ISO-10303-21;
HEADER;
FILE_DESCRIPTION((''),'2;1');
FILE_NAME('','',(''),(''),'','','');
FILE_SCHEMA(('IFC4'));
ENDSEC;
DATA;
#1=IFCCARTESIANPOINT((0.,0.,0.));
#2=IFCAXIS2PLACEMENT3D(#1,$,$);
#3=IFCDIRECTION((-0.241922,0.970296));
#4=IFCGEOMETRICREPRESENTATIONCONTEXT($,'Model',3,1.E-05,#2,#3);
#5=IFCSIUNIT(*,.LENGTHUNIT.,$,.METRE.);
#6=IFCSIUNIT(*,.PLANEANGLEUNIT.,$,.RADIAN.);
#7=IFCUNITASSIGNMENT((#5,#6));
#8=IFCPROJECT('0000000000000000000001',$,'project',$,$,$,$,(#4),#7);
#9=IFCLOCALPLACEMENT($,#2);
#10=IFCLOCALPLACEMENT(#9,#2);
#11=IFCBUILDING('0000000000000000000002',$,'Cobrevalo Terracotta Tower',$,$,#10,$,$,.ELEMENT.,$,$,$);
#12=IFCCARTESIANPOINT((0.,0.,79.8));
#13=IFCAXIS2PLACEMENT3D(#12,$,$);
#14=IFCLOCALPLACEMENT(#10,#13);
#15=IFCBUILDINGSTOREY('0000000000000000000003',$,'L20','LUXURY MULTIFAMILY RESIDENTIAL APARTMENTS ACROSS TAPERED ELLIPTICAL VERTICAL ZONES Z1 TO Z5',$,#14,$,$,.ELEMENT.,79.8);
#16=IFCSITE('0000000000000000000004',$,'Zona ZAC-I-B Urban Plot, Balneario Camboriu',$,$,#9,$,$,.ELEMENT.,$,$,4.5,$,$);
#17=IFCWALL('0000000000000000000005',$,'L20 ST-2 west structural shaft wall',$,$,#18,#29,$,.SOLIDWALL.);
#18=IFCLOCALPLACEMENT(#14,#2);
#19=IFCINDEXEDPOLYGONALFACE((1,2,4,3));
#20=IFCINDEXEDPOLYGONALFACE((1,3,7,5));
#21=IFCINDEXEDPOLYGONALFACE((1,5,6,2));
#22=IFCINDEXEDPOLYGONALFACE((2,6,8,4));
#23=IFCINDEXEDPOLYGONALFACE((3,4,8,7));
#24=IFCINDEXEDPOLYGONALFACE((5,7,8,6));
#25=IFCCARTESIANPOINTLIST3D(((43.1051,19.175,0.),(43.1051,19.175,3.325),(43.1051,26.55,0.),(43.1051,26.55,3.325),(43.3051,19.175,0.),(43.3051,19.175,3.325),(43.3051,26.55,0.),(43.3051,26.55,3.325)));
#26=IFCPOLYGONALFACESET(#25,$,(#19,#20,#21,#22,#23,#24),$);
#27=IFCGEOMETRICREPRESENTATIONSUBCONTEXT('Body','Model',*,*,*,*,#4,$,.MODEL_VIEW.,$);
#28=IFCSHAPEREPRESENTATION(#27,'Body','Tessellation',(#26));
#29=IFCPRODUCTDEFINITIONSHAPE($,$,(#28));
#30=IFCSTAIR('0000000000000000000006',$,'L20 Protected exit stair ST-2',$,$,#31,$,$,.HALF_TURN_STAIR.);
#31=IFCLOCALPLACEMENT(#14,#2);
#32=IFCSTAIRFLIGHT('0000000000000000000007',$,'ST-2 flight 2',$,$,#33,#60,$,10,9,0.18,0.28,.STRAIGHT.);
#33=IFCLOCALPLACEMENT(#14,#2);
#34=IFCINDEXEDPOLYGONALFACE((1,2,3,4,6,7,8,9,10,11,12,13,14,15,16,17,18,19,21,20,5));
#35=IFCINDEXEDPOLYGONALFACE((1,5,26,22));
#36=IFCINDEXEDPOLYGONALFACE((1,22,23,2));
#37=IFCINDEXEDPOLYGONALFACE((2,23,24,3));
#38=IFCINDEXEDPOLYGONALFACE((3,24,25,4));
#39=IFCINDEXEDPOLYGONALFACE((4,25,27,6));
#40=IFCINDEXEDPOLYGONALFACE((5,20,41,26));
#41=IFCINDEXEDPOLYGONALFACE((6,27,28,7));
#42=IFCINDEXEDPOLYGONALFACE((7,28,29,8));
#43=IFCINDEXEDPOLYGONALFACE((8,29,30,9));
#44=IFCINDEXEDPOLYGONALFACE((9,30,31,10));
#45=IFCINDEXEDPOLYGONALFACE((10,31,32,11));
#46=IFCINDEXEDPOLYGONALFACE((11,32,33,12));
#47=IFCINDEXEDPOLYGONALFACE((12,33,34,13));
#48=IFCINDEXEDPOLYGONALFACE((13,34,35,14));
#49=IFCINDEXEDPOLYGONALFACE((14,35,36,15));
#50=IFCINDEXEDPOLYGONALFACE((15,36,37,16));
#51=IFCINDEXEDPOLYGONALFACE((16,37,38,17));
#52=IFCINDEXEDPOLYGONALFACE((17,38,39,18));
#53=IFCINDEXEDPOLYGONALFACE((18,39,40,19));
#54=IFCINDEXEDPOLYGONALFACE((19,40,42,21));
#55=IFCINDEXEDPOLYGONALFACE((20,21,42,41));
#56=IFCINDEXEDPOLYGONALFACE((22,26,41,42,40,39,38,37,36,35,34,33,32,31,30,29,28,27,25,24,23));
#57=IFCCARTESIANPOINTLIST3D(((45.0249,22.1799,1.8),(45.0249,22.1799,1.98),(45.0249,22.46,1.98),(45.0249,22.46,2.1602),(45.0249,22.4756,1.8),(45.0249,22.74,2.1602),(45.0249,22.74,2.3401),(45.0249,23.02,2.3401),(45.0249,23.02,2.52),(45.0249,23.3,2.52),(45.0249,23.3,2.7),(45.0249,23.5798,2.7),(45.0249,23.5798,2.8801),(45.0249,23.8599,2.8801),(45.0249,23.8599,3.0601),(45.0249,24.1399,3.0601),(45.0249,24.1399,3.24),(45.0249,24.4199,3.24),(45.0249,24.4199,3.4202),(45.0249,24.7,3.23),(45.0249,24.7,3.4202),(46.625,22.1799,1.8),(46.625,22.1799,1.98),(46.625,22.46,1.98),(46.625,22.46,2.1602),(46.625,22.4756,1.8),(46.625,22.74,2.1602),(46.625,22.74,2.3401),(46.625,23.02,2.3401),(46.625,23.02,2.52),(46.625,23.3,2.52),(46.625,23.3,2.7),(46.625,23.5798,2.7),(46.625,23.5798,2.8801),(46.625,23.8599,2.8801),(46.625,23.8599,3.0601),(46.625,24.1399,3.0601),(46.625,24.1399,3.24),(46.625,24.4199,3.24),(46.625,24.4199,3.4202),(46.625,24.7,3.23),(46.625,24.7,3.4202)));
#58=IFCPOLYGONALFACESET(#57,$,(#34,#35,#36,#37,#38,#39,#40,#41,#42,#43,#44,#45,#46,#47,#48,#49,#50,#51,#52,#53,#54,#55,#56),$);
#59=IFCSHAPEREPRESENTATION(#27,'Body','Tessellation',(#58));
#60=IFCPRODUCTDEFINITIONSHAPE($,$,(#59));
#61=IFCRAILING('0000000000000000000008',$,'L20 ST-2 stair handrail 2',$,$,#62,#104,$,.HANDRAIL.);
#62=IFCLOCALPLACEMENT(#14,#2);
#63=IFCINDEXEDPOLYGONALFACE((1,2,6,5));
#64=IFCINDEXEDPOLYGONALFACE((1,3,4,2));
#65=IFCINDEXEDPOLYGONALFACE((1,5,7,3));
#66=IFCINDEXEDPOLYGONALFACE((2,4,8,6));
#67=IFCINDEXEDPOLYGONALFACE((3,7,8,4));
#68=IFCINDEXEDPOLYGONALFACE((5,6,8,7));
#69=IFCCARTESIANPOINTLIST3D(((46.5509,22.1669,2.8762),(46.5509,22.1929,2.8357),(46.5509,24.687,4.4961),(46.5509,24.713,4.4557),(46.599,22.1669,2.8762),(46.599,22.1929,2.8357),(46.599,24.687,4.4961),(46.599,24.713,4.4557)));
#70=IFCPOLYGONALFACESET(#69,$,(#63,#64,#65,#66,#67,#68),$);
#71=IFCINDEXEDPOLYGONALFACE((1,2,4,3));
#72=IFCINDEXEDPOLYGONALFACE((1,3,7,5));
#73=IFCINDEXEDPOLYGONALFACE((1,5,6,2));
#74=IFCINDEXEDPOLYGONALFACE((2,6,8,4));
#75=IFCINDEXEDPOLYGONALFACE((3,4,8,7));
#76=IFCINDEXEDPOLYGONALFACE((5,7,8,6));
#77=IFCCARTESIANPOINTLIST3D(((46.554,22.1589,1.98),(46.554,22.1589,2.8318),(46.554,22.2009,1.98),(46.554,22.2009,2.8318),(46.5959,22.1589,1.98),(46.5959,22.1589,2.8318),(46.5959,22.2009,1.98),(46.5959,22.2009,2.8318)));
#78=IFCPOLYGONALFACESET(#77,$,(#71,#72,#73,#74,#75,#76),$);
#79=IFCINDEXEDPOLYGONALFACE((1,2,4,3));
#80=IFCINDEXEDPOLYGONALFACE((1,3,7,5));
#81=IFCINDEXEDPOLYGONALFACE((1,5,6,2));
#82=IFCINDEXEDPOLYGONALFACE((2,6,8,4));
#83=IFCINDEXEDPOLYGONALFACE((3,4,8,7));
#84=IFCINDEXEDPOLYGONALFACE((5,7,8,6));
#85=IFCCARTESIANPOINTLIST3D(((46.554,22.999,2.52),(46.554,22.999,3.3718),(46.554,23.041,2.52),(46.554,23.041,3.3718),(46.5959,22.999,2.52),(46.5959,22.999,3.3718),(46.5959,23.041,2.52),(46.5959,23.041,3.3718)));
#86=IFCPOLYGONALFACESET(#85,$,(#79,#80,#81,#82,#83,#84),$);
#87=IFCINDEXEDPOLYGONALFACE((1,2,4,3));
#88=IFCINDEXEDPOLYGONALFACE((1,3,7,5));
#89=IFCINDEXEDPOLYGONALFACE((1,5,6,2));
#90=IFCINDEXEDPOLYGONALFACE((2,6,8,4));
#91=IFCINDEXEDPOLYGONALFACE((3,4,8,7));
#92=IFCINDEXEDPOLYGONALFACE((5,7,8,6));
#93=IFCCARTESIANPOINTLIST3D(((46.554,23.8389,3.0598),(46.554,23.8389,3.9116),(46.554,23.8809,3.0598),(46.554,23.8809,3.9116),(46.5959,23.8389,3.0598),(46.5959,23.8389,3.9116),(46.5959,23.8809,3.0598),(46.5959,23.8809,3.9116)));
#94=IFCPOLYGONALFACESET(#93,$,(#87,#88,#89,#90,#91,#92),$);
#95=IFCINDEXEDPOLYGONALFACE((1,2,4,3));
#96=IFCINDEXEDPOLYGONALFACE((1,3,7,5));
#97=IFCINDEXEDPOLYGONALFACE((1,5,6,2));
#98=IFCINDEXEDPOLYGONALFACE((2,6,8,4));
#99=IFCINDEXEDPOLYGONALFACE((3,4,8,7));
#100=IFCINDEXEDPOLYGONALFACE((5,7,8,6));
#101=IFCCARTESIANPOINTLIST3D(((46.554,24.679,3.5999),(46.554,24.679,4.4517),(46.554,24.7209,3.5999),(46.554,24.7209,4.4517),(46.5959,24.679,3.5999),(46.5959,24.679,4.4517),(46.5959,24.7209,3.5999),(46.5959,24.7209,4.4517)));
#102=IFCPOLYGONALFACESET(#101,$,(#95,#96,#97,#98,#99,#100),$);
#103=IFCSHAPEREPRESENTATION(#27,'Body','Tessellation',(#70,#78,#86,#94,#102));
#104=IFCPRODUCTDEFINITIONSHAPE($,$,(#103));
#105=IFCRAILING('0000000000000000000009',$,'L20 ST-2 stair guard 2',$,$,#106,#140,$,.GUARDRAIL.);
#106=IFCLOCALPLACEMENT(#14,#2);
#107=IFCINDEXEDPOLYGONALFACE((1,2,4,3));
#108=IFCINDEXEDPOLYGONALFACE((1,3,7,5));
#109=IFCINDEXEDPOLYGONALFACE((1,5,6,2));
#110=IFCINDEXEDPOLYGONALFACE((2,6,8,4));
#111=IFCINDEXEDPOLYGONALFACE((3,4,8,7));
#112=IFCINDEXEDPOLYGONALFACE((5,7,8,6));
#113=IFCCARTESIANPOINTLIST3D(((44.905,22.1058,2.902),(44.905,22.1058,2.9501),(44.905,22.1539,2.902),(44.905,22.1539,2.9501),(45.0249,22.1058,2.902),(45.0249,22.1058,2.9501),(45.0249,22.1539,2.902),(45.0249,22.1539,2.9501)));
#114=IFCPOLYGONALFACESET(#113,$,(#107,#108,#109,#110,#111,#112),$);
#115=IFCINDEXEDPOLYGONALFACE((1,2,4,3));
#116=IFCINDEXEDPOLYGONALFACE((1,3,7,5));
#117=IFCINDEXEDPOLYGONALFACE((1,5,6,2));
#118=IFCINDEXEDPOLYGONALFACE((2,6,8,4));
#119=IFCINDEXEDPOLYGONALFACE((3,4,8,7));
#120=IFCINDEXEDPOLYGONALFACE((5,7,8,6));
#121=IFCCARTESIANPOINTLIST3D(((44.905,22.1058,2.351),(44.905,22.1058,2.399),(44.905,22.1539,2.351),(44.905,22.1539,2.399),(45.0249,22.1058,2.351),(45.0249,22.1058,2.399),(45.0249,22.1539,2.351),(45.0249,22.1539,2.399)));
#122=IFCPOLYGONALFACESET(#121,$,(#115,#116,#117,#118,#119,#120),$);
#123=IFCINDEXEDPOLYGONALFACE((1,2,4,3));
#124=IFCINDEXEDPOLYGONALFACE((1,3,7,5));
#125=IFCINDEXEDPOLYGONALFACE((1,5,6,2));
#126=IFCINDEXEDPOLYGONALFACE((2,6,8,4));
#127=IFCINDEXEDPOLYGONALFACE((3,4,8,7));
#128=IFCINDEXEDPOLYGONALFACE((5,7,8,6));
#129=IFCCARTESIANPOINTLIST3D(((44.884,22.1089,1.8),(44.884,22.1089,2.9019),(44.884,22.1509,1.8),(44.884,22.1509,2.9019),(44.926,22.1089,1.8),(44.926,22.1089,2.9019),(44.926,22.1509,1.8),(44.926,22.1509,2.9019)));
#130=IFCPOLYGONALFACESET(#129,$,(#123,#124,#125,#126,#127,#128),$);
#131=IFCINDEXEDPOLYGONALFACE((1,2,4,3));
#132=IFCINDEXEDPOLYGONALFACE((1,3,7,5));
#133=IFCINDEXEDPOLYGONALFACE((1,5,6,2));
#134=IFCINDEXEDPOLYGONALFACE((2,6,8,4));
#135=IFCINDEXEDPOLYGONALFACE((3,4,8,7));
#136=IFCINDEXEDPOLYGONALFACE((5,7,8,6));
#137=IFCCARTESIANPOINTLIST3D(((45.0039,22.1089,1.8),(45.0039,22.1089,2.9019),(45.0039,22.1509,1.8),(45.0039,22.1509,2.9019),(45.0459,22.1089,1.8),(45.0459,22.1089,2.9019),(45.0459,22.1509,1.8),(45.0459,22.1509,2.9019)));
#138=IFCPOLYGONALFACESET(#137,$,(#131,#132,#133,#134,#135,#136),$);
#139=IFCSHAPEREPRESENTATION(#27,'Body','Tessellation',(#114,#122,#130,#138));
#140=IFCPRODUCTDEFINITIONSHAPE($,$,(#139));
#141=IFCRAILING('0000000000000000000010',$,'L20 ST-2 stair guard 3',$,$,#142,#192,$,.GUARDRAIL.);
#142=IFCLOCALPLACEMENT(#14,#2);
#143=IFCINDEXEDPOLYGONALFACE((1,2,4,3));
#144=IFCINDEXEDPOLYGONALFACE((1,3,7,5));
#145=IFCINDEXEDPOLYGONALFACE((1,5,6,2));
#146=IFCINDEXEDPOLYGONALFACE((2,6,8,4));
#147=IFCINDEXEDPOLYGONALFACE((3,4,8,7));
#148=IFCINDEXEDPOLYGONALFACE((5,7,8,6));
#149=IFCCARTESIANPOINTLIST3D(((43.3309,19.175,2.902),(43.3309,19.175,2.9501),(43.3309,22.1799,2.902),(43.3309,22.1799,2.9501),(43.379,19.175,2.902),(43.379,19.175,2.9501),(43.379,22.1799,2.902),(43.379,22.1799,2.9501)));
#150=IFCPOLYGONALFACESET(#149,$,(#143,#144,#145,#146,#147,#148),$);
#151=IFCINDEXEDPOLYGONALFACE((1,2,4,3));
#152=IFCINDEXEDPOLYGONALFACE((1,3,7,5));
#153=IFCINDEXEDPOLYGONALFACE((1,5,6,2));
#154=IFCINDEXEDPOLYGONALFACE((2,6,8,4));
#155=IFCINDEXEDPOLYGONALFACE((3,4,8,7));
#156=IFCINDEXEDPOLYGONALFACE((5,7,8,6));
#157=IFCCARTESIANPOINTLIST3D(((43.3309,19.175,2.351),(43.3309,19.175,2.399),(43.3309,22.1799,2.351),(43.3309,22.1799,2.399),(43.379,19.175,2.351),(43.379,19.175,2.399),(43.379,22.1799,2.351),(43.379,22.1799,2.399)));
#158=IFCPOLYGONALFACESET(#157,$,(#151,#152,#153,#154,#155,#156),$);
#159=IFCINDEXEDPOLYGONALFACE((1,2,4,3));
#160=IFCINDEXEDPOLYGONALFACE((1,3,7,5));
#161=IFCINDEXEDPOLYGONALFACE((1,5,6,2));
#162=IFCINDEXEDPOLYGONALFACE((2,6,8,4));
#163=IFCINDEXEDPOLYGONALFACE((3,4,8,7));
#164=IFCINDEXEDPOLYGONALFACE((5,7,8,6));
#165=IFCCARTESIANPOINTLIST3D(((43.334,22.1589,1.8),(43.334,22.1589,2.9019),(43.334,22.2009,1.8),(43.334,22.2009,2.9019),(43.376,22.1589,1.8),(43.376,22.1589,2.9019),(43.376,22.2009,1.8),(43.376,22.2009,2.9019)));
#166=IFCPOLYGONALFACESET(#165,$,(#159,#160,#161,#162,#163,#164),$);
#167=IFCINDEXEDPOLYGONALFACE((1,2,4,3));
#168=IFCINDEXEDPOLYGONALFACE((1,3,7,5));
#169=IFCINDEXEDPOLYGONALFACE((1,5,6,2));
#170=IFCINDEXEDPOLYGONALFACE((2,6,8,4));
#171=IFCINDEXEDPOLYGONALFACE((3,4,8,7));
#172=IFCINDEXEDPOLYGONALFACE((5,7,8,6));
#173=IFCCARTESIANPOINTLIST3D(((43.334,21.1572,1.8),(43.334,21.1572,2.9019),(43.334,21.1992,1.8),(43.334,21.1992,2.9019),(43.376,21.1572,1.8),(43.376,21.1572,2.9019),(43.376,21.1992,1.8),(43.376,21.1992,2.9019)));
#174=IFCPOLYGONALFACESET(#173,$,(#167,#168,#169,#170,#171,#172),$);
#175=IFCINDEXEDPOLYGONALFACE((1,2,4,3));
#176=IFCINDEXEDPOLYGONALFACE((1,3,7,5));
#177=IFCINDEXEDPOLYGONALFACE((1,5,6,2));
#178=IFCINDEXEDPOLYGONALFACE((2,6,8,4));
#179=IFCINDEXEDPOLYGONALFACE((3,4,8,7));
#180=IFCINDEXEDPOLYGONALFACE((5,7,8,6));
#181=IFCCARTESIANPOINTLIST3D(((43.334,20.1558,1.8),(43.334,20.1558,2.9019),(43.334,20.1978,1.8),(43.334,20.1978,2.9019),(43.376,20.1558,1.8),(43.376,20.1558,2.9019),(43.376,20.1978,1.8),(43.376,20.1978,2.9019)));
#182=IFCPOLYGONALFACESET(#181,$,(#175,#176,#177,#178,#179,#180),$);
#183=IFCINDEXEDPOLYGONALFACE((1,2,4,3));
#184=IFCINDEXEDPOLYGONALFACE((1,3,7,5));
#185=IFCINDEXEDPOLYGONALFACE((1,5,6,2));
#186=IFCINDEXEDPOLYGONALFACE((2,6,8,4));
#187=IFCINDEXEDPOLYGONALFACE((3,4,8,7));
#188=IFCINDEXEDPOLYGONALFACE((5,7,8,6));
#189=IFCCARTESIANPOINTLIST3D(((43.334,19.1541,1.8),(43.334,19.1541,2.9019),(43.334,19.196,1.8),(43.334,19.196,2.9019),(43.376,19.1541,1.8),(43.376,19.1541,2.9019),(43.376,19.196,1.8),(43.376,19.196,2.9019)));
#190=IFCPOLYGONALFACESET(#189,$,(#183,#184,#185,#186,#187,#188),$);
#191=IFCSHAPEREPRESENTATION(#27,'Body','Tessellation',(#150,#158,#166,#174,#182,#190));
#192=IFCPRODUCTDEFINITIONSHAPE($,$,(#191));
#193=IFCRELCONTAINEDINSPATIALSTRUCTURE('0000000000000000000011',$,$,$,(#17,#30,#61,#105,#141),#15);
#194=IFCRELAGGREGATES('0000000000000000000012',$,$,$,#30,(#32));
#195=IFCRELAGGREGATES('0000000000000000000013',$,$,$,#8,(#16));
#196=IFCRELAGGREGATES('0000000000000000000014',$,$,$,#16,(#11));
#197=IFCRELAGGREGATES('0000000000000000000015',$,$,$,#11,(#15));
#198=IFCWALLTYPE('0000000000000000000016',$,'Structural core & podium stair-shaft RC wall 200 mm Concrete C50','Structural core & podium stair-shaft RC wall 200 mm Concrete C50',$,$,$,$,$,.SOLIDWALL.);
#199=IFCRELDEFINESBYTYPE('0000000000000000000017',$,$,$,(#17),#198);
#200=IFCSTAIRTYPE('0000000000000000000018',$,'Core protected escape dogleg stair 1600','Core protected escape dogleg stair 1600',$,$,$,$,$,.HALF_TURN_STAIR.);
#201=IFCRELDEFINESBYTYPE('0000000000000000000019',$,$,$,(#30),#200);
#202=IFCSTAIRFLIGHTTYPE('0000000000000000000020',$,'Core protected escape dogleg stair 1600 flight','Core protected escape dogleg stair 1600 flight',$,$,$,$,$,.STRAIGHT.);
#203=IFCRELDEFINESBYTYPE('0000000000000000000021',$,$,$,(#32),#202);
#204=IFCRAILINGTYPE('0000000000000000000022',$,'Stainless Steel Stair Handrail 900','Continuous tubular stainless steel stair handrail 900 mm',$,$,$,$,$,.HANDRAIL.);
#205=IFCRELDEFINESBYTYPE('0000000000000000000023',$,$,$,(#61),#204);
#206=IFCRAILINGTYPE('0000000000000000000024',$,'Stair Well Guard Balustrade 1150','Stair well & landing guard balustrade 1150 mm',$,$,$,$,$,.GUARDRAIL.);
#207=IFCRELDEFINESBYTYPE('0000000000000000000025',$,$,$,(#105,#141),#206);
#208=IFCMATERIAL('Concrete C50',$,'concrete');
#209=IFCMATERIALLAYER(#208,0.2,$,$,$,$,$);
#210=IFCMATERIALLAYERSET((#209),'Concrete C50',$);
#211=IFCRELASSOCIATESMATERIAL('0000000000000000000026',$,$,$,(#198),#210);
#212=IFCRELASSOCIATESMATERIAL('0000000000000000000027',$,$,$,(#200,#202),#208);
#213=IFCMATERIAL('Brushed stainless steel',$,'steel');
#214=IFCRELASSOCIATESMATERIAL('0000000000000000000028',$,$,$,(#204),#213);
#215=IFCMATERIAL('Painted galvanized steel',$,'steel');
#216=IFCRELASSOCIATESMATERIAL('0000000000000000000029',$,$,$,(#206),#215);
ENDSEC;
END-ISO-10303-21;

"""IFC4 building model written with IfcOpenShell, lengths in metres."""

from ifc_helpers import new_model, si_unit, direction, frame, frame_2d, origin, origin_2d, place, context, subcontext, project, spatial, polyline, rectangle, outline, extrude, material, layer, layer_set, type_object, element, aggregate, save


model = new_model("IFC4")

# Units and contexts
model_context = context("Model", 3, precision=1e-05, world=origin(), true_north=direction((-0.241922, 0.970296)))
body_context = subcontext(model_context, "Body", "Model", "MODEL_VIEW")
ifc_project = project(units=[si_unit("LENGTHUNIT", "METRE"), si_unit("PLANEANGLEUNIT", "RADIAN")], contexts=[model_context])

# Site, building, storey
site_placement = place(None, origin())
site = spatial("IfcSite", under=ifc_project, at=site_placement, Name="Zona ZAC-I-B Urban Plot, Balneario Camboriu", CompositionType="ELEMENT", RefElevation=4.5)
building_placement = place(site_placement, origin())
building = spatial("IfcBuilding", under=site, at=building_placement, Name="Cobrevalo Terracotta Tower", CompositionType="ELEMENT")
storey_placement = place(building_placement, frame((0.0, 0.0, 79.8)))
storey = spatial("IfcBuildingStorey", under=building, at=storey_placement, Name="L20", Description="LUXURY MULTIFAMILY RESIDENTIAL APARTMENTS ACROSS TAPERED ELLIPTICAL VERTICAL ZONES Z1 TO Z5", CompositionType="ELEMENT", Elevation=79.8)

# Wall
ifc_material_1 = material(Name="Concrete C50", Category="concrete")
ifc_layer_1 = layer(ifc_material_1, 0.2)
ifc_layer_set_1 = layer_set([ifc_layer_1], Name="Concrete C50")
wall_type_1 = type_object("IfcWallType", Name="Structural core & podium stair-shaft RC wall 200 mm Concrete C50", Description="Structural core & podium stair-shaft RC wall 200 mm Concrete C50", PredefinedType="SOLIDWALL", material=ifc_layer_set_1)
wall_1_placement = place(storey_placement, frame((43.2051, 19.175, 0.0), z_axis=(0.0, 0.0, 1.0), x_axis=(0.0, 1.0, 0.0)))
element("IfcWall", 1, at=wall_1_placement, inside=storey, type_object=wall_type_1, Name="L20 ST-2 west structural shaft wall", PredefinedType="SOLIDWALL", context=body_context, shape_type="SweptSolid", body=[
    extrude(rectangle(XDim=7.375, YDim=0.2, at=frame_2d((3.6875, 0.0))), origin(), (0.0, 0.0, 1.0), 3.325),
])

# Stair, stair flight
stair_type = type_object("IfcStairType", Name="Core protected escape dogleg stair 1600", Description="Core protected escape dogleg stair 1600", PredefinedType="HALF_TURN_STAIR", material=ifc_material_1)
stair_placement = place(storey_placement, origin())
stair = element("IfcStair", 2, at=stair_placement, inside=storey, type_object=stair_type, Name="L20 Protected exit stair ST-2", PredefinedType="HALF_TURN_STAIR")
stair_flight_type = type_object("IfcStairFlightType", Name="Core protected escape dogleg stair 1600 flight", Description="Core protected escape dogleg stair 1600 flight", PredefinedType="STRAIGHT", material=ifc_material_1)
stair_flight_placement = place(storey_placement, frame((45.825, 22.1799, 1.8), z_axis=(0.0, 0.0, 1.0), x_axis=(0.0, 1.0, 0.0)))
stair_flight = element("IfcStairFlight", 3, at=stair_flight_placement, type_object=stair_flight_type, Name="ST-2 flight 2", NumberOfRisers=10, NumberOfTreads=9, PredefinedType="STRAIGHT", RiserHeight=0.18, TreadLength=0.28, context=body_context, shape_type="SweptSolid", body=[
    extrude(outline(polyline([(0.0, 0.0), (0.0, 0.1799), (0.28, 0.1799), (0.28, 0.3601), (0.5601, 0.3601), (0.5601, 0.54), (0.8401, 0.54), (0.8401, 0.72), (1.1201, 0.72), (1.1201, 0.8999), (1.3999, 0.8999), (1.3999, 1.0801), (1.6799, 1.0801), (1.6799, 1.26), (1.96, 1.26), (1.96, 1.4399), (2.24, 1.4399), (2.24, 1.6201), (2.52, 1.6201), (2.52, 1.8), (2.52, 1.4299), (0.2957, 0.0), (0.0, 0.0)])), frame((0.0, 0.8, 0.0), z_axis=(0.0, -1.0, 0.0), x_axis=(1.0, 0.0, 0.0)), (0.0, 0.0, 1.0), 1.6001),
])
aggregate(stair, [stair_flight])

# Railings
ifc_material_2 = material(Name="Brushed stainless steel", Category="steel")
railing_type_1 = type_object("IfcRailingType", Name="Stainless Steel Stair Handrail 900", Description="Continuous tubular stainless steel stair handrail 900 mm", PredefinedType="HANDRAIL", material=ifc_material_2)
railing_1_placement = place(storey_placement, frame((46.575, 22.1799, 1.98)))
element("IfcRailing", 4, at=railing_1_placement, inside=storey, type_object=railing_type_1, Name="L20 ST-2 stair handrail 2", PredefinedType="HANDRAIL", context=body_context, shape_type="SweptSolid", body=[
    extrude(rectangle(XDim=0.0481, YDim=0.0481, at=origin_2d()), frame((0.0, 0.0, 0.876), z_axis=(0.0, 0.8412, 0.540725), x_axis=(-1.0, 0.0, 0.0)), (0.0, 0.0, 1.0), 2.9958),
    extrude(rectangle(XDim=0.042, YDim=0.042, at=origin_2d()), origin(), (0.0, 0.0, 1.0), 0.8518),
    extrude(rectangle(XDim=0.042, YDim=0.042, at=origin_2d()), frame((0.0, 0.8401, 0.54)), (0.0, 0.0, 1.0), 0.8518),
    extrude(rectangle(XDim=0.042, YDim=0.042, at=origin_2d()), frame((0.0, 1.6799, 1.0798)), (0.0, 0.0, 1.0), 0.8518),
    extrude(rectangle(XDim=0.042, YDim=0.042, at=origin_2d()), frame((0.0, 2.52, 1.6199)), (0.0, 0.0, 1.0), 0.8518),
])
ifc_material_3 = material(Name="Painted galvanized steel", Category="steel")
railing_type_2 = type_object("IfcRailingType", Name="Stair Well Guard Balustrade 1150", Description="Stair well & landing guard balustrade 1150 mm", PredefinedType="GUARDRAIL", material=ifc_material_3)
railing_2_placement = place(storey_placement, frame((44.905, 22.1299, 1.8)))
element("IfcRailing", 5, at=railing_2_placement, inside=storey, type_object=railing_type_2, Name="L20 ST-2 stair guard 2", PredefinedType="GUARDRAIL", context=body_context, shape_type="SweptSolid", body=[
    extrude(rectangle(XDim=0.0481, YDim=0.0481, at=origin_2d()), frame((0.0, 0.0, 1.126), z_axis=(1.0, 0.0, 0.0), x_axis=(0.0, 1.0, 0.0)), (0.0, 0.0, 1.0), 0.1199),
    extrude(rectangle(XDim=0.0481, YDim=0.0481, at=origin_2d()), frame((0.0, 0.0, 0.575), z_axis=(1.0, 0.0, 0.0), x_axis=(0.0, 1.0, 0.0)), (0.0, 0.0, 1.0), 0.1199),
    extrude(rectangle(XDim=0.042, YDim=0.042, at=origin_2d()), origin(), (0.0, 0.0, 1.0), 1.1018),
    extrude(rectangle(XDim=0.042, YDim=0.042, at=origin_2d()), frame((0.1199, 0.0, 0.0)), (0.0, 0.0, 1.0), 1.1018),
])
for number, where, name in (
    (6, (43.355, 22.1799, 1.8), "L20 ST-2 stair guard 3"),
):
    element("IfcRailing", number, at=place(storey_placement, frame(where)), inside=storey, type_object=railing_type_2, Name=name, PredefinedType="GUARDRAIL", context=body_context, shape_type="SweptSolid", body=[
        extrude(rectangle(XDim=0.0481, YDim=0.0481, at=origin_2d()), frame((0.0, 0.0, 1.126), z_axis=(0.0, -1.0, 0.0), x_axis=(1.0, 0.0, 0.0)), (0.0, 0.0, 1.0), 3.0049),
        extrude(rectangle(XDim=0.0481, YDim=0.0481, at=origin_2d()), frame((0.0, 0.0, 0.575), z_axis=(0.0, -1.0, 0.0), x_axis=(1.0, 0.0, 0.0)), (0.0, 0.0, 1.0), 3.0049),
        extrude(rectangle(XDim=0.042, YDim=0.042, at=origin_2d()), origin(), (0.0, 0.0, 1.0), 1.1018),
        extrude(rectangle(XDim=0.042, YDim=0.042, at=origin_2d()), frame((0.0, -1.0017, 0.0)), (0.0, 0.0, 1.0), 1.1018),
        extrude(rectangle(XDim=0.042, YDim=0.042, at=origin_2d()), frame((0.0, -2.0032, 0.0)), (0.0, 0.0, 1.0), 1.1018),
        extrude(rectangle(XDim=0.042, YDim=0.042, at=origin_2d()), frame((0.0, -3.0049, 0.0)), (0.0, 0.0, 1.0), 1.1018),
    ])

save(model, "model.ifc")
